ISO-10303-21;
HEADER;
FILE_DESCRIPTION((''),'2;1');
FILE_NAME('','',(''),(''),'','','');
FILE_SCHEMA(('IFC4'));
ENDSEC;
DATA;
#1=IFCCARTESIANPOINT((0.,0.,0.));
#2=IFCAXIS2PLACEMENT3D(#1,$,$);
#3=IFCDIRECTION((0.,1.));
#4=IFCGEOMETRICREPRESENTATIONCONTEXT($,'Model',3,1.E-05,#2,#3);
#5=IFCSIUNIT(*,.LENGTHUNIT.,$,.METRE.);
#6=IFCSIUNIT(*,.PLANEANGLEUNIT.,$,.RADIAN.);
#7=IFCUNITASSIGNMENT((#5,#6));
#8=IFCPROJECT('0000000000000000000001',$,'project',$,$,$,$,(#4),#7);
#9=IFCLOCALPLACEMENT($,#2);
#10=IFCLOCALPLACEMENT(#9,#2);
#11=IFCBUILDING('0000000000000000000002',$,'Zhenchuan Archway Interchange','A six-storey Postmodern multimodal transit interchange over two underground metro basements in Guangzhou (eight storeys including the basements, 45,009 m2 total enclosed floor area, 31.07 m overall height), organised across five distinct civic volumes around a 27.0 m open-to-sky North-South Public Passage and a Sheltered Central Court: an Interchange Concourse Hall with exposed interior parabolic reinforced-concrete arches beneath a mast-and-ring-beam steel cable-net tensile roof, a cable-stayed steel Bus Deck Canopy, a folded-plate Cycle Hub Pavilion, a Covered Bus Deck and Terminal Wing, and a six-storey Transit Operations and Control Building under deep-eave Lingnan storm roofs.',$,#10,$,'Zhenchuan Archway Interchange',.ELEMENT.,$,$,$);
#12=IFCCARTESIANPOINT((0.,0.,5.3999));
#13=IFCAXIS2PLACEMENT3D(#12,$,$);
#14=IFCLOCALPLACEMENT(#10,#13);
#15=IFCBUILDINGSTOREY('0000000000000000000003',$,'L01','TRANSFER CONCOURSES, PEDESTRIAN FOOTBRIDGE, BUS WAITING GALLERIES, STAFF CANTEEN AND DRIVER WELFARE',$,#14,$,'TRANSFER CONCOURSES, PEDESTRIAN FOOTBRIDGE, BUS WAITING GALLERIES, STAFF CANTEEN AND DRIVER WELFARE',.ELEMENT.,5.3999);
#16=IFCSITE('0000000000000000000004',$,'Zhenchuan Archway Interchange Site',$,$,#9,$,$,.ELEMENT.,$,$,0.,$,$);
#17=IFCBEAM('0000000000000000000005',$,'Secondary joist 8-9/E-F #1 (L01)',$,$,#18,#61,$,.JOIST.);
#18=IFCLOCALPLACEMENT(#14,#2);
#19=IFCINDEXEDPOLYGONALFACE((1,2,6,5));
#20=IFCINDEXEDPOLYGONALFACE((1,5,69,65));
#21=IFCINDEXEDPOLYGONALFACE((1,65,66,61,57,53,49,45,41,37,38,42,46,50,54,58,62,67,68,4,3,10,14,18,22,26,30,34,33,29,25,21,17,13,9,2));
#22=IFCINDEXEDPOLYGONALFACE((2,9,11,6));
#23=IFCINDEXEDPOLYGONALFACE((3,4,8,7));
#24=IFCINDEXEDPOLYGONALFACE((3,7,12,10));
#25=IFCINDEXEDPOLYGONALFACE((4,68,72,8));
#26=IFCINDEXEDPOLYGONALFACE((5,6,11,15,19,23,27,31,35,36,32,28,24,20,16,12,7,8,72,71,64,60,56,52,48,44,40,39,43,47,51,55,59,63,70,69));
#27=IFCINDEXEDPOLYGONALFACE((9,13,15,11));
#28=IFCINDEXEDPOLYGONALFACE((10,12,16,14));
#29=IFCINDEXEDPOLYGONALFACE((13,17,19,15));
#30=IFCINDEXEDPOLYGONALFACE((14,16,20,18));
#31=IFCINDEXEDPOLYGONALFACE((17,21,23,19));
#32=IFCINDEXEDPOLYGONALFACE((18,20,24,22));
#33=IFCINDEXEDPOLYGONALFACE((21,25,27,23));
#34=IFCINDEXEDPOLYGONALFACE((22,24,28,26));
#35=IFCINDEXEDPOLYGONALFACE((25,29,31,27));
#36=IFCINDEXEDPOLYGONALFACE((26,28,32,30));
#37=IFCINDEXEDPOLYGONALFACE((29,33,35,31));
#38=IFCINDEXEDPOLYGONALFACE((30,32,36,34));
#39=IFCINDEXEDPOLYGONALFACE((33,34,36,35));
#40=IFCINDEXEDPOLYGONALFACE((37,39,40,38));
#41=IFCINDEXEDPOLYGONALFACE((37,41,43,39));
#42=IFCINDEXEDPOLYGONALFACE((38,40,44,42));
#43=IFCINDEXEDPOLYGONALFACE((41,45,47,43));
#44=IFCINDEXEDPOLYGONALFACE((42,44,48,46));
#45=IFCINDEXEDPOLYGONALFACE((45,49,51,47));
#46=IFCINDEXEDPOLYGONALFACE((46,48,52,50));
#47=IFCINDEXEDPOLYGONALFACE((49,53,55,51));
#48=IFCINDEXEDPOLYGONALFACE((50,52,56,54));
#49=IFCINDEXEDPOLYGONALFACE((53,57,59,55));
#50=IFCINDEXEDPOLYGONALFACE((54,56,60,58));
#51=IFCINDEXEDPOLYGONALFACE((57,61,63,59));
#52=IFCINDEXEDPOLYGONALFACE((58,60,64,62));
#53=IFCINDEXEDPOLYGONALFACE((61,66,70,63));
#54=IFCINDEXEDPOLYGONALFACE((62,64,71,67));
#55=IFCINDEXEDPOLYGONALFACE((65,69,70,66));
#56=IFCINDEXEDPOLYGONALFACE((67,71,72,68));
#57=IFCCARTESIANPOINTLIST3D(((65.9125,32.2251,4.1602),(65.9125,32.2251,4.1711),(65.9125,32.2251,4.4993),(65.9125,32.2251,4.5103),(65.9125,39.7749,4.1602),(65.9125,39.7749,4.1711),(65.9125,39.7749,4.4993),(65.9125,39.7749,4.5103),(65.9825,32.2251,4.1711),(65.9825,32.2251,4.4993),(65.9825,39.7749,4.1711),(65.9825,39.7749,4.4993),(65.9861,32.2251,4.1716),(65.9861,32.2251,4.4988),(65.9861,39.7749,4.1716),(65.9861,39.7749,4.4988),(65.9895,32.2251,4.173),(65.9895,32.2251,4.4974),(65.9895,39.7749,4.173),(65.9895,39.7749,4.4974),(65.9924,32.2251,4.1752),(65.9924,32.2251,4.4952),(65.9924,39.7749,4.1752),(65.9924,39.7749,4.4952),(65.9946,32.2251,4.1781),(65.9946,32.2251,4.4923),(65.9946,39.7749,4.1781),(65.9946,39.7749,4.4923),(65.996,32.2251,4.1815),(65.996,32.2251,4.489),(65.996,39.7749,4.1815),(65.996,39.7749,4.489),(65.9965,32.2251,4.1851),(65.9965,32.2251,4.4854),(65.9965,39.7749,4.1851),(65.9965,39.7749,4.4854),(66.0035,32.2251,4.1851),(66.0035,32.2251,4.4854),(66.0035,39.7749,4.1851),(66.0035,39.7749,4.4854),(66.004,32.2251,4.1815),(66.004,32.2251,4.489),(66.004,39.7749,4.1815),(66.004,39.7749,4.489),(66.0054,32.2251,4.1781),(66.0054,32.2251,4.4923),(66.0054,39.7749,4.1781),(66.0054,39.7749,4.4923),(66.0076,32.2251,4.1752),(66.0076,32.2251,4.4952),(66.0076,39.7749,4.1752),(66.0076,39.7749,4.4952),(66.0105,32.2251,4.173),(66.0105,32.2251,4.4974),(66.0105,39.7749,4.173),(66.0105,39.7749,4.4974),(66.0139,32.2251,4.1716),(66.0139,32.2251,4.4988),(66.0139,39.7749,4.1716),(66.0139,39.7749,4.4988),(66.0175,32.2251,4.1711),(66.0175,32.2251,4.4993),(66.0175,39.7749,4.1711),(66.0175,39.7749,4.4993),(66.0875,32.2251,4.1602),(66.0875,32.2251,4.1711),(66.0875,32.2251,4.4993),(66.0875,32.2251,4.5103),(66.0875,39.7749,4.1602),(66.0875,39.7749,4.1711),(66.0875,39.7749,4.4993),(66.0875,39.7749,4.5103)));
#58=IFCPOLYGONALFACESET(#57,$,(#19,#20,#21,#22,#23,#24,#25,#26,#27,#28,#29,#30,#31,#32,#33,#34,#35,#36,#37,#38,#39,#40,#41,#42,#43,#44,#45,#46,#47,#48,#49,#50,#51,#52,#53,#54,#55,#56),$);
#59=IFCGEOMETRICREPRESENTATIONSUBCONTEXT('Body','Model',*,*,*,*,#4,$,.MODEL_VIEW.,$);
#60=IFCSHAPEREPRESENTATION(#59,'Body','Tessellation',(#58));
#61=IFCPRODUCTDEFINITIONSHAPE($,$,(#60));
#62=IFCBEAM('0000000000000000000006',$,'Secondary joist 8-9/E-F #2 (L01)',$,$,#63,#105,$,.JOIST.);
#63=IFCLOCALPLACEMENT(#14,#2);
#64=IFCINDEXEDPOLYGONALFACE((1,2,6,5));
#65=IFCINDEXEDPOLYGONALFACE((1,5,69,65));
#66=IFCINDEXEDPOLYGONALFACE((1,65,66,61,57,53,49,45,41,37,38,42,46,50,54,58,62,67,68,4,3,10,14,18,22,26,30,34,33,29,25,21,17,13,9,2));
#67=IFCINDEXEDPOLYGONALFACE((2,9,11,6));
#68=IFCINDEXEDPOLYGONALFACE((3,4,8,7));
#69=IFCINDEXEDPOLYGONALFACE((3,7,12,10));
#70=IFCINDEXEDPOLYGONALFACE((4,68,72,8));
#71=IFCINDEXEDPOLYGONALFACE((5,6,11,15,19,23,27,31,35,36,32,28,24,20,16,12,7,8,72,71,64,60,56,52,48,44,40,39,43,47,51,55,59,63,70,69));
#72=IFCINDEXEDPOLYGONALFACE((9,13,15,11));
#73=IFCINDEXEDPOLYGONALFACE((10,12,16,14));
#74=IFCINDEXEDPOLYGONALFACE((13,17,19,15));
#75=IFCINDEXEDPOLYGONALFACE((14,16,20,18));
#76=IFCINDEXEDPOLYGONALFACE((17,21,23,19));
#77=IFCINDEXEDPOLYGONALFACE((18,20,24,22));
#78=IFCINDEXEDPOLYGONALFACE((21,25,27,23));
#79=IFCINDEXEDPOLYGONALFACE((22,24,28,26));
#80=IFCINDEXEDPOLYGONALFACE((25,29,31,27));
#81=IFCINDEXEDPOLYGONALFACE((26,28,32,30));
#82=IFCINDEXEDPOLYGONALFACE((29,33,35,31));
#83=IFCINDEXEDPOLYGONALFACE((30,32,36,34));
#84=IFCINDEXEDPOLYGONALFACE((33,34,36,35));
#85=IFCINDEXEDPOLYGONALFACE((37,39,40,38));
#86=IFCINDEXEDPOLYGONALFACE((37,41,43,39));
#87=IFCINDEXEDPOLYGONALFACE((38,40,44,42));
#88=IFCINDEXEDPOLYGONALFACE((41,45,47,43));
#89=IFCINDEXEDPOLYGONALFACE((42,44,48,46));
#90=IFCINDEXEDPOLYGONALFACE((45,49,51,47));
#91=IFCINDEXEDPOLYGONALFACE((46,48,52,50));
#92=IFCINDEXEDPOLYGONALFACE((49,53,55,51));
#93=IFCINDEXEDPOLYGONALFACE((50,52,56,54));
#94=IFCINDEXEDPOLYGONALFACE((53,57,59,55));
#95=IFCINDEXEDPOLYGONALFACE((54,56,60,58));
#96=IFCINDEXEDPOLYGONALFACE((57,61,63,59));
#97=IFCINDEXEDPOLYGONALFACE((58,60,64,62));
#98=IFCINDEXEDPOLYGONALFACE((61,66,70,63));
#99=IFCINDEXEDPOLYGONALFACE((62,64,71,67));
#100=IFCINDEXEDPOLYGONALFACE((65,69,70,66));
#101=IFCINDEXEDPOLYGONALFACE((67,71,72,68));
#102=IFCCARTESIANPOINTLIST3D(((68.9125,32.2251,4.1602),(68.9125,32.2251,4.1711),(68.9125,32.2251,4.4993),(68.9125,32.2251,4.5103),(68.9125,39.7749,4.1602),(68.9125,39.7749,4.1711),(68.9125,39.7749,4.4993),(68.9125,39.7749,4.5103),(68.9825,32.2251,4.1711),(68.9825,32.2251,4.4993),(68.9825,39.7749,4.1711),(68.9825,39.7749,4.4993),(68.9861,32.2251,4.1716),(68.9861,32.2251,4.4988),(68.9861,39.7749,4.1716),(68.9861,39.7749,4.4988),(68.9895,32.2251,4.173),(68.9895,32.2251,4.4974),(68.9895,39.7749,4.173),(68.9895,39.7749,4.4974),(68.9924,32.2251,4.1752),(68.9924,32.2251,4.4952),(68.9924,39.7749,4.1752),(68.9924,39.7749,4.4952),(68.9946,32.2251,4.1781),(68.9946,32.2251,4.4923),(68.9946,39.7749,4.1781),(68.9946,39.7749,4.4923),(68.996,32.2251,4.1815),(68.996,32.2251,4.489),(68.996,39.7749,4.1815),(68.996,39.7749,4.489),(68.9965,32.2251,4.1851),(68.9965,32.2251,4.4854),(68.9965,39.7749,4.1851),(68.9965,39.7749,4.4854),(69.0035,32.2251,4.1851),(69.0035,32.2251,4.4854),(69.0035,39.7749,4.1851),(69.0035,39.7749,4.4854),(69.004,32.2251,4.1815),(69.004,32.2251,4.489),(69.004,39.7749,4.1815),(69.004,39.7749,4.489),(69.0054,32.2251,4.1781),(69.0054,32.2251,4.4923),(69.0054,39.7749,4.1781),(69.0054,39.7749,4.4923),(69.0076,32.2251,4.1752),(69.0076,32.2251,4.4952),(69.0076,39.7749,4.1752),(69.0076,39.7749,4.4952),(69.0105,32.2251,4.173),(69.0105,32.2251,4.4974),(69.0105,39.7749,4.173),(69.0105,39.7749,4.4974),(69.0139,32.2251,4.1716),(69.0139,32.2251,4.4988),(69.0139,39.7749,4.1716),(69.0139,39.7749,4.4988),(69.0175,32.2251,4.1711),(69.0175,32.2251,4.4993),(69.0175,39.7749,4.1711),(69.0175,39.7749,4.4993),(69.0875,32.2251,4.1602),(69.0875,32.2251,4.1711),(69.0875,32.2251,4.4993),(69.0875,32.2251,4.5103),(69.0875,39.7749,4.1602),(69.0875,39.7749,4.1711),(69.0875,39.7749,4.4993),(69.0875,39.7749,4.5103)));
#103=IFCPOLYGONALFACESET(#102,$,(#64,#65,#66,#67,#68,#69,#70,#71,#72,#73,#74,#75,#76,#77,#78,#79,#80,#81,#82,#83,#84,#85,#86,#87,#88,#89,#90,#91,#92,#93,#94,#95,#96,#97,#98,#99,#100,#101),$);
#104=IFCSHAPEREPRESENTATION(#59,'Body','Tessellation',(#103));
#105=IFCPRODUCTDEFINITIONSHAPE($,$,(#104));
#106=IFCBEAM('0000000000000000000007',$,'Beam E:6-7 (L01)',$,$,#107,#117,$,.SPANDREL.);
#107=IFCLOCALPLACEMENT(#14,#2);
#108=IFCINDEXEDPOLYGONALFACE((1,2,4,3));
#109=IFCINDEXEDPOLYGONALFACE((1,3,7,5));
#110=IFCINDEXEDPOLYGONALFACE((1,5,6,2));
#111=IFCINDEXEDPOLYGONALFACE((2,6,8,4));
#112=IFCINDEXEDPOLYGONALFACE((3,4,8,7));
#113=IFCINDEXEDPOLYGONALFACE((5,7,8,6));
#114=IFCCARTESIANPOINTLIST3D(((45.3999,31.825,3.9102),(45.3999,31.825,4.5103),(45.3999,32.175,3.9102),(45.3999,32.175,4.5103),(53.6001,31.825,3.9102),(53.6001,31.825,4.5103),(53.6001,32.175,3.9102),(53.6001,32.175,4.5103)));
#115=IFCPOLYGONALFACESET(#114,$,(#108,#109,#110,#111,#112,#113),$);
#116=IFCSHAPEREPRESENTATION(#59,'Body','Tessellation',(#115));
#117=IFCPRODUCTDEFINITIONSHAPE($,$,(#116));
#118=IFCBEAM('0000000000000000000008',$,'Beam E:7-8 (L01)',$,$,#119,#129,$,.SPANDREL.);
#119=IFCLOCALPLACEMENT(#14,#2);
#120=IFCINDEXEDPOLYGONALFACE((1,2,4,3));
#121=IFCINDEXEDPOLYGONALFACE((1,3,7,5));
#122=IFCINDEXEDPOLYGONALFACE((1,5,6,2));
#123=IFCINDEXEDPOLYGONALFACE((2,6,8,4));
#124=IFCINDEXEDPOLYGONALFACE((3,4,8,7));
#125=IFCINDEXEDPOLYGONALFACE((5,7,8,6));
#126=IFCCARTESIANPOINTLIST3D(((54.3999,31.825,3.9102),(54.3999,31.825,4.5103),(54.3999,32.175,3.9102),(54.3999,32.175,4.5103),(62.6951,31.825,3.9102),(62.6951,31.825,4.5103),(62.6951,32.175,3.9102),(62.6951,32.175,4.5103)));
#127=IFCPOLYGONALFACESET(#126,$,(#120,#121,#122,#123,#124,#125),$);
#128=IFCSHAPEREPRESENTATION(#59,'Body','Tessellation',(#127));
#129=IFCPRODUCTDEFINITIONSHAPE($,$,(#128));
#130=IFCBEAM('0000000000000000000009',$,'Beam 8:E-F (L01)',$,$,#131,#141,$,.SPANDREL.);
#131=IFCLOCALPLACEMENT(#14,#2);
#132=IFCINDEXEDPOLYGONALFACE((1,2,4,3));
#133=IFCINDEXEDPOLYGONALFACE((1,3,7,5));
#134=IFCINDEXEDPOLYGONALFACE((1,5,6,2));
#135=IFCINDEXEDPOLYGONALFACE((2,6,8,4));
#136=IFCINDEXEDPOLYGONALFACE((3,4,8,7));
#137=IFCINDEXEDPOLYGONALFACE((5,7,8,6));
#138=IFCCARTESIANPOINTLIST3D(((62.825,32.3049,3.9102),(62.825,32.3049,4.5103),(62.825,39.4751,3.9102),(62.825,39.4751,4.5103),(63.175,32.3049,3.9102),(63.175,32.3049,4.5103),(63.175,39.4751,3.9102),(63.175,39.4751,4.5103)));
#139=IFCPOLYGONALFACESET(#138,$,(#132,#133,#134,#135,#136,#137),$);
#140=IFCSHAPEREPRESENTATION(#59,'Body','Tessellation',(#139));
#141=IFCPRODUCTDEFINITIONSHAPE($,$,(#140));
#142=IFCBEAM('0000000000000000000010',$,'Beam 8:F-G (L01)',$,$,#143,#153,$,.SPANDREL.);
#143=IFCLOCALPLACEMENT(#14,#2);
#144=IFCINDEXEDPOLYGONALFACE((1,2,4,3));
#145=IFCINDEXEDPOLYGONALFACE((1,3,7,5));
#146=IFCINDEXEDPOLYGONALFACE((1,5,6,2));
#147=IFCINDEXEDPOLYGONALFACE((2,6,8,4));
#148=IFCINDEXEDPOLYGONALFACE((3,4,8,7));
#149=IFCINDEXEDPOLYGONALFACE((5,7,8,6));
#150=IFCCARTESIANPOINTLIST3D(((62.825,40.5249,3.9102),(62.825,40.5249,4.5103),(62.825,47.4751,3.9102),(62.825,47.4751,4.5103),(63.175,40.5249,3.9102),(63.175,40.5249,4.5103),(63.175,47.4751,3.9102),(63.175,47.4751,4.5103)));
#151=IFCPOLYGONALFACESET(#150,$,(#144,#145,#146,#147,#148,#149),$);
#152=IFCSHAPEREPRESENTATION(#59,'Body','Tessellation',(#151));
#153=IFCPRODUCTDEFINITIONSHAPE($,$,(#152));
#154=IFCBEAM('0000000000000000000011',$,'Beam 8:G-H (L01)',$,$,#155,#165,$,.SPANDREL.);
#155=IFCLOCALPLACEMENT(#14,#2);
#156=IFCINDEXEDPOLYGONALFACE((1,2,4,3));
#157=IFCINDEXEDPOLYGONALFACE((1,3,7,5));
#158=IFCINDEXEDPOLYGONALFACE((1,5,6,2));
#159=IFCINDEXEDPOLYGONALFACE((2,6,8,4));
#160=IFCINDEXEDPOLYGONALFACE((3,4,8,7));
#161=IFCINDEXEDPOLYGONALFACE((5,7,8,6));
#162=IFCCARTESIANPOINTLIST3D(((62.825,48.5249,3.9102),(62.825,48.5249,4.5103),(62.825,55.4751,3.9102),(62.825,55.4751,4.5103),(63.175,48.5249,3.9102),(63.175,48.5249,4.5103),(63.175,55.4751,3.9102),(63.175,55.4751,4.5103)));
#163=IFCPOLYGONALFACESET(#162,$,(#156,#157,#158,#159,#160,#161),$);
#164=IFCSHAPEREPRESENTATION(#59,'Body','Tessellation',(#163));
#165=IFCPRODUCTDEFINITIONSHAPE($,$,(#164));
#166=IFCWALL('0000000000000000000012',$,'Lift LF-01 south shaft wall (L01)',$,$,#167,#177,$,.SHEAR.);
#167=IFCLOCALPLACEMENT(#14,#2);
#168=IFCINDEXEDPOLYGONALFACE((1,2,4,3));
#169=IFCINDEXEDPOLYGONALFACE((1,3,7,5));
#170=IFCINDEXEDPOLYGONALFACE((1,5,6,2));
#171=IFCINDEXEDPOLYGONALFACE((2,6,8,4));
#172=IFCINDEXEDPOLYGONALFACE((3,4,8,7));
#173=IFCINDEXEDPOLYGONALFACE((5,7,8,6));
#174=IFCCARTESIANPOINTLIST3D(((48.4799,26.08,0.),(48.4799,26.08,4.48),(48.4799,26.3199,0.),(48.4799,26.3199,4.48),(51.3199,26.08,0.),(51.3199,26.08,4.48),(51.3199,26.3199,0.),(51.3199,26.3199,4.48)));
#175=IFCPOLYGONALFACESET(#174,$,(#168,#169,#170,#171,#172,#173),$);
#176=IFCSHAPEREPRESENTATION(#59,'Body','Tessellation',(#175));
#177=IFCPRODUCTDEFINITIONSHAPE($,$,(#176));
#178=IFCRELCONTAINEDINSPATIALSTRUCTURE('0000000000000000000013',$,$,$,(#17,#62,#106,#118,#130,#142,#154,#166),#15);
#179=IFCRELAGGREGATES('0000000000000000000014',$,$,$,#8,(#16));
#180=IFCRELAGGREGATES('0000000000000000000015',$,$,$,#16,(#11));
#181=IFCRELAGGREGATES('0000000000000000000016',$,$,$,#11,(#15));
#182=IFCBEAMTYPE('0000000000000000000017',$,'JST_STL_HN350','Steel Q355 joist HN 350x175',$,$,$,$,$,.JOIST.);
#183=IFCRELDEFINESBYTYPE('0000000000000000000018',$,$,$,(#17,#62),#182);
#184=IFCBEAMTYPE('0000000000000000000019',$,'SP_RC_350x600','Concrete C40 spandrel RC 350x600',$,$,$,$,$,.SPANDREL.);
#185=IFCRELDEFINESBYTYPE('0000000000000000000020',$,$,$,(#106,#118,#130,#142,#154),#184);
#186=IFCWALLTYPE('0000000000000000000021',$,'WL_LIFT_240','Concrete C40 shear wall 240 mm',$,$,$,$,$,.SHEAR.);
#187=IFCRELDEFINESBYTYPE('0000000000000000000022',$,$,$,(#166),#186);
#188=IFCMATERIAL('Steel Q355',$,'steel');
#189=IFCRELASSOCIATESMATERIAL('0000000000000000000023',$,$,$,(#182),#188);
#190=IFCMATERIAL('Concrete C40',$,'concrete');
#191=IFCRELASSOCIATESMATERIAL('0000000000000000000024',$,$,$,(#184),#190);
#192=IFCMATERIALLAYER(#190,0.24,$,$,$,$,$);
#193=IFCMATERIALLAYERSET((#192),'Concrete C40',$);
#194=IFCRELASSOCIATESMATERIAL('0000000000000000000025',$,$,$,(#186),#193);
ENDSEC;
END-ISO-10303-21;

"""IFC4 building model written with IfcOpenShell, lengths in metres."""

from ifc_helpers import new_model, si_unit, direction, frame, frame_2d, origin, origin_2d, place, context, subcontext, project, spatial, rectangle, i_section, extrude, material, layer, layer_set, material_profile, profile_set, type_object, element, save


model = new_model("IFC4")

# Units and contexts
model_context = context("Model", 3, precision=1e-05, world=origin(), true_north=direction((0.0, 1.0)))
body_context = subcontext(model_context, "Body", "Model", "MODEL_VIEW")
ifc_project = project(units=[si_unit("LENGTHUNIT", "METRE"), si_unit("PLANEANGLEUNIT", "RADIAN")], contexts=[model_context])

# Site, building, storey
site_placement = place(None, origin())
site = spatial("IfcSite", under=ifc_project, at=site_placement, Name="Zhenchuan Archway Interchange Site", CompositionType="ELEMENT", RefElevation=0.0)
building_placement = place(site_placement, origin())
building = spatial("IfcBuilding", under=site, at=building_placement, Name="Zhenchuan Archway Interchange", Description="A six-storey Postmodern multimodal transit interchange over two underground metro basements in Guangzhou (eight storeys including the basements, 45,009 m2 total enclosed floor area, 31.07 m overall height), organised across five distinct civic volumes around a 27.0 m open-to-sky North-South Public Passage and a Sheltered Central Court: an Interchange Concourse Hall with exposed interior parabolic reinforced-concrete arches beneath a mast-and-ring-beam steel cable-net tensile roof, a cable-stayed steel Bus Deck Canopy, a folded-plate Cycle Hub Pavilion, a Covered Bus Deck and Terminal Wing, and a six-storey Transit Operations and Control Building under deep-eave Lingnan storm roofs.", LongName="Zhenchuan Archway Interchange", CompositionType="ELEMENT")
storey_placement = place(building_placement, frame((0.0, 0.0, 5.3999)))
storey = spatial("IfcBuildingStorey", under=building, at=storey_placement, Name="L01", Description="TRANSFER CONCOURSES, PEDESTRIAN FOOTBRIDGE, BUS WAITING GALLERIES, STAFF CANTEEN AND DRIVER WELFARE", LongName="TRANSFER CONCOURSES, PEDESTRIAN FOOTBRIDGE, BUS WAITING GALLERIES, STAFF CANTEEN AND DRIVER WELFARE", CompositionType="ELEMENT", Elevation=5.3999)

# Shared definitions
ifc_material_1 = material(Name="Concrete C40", Category="concrete")

# Beams
ifc_material_2 = material(Name="Steel Q355", Category="steel")
ifc_material_profile_1 = material_profile(ifc_material_2, i_section(OverallWidth=0.175, OverallDepth=0.3501, WebThickness=0.0071, FlangeThickness=0.011, FilletRadius=0.0139, at=origin_2d()), Name="HN 350x175")
ifc_profile_set_1 = profile_set([ifc_material_profile_1], Name="Steel Q355")
beam_type_1 = type_object("IfcBeamType", Name="JST_STL_HN350", Description="Steel Q355 joist HN 350x175", PredefinedType="JOIST", material=ifc_profile_set_1)
for number, where, z_axis, x_axis, name in (
    (1, (66.0, 32.2251, 4.3352), (0.0, 1.0, 0.0), (-1.0, 0.0, 0.0), "Secondary joist 8-9/E-F #1 (L01)"),
    (2, (69.0, 32.2251, 4.3352), (0.0, 1.0, 0.0), (-1.0, 0.0, 0.0), "Secondary joist 8-9/E-F #2 (L01)"),
):
    element("IfcBeam", number, at=place(storey_placement, frame(where, z_axis=z_axis, x_axis=x_axis)), inside=storey, type_object=beam_type_1, Name=name, PredefinedType="JOIST", context=body_context, shape_type="SweptSolid", body=[
        extrude(i_section(OverallWidth=0.175, OverallDepth=0.3501, WebThickness=0.0071, FlangeThickness=0.011, FilletRadius=0.0139, at=origin_2d()), origin(), (0.0, 0.0, 1.0), 7.5498),
    ])
ifc_material_profile_2 = material_profile(ifc_material_1, rectangle(XDim=0.3501, YDim=0.6001, at=origin_2d()), Name="RC 350x600")
ifc_profile_set_2 = profile_set([ifc_material_profile_2], Name="Concrete C40")
beam_type_2 = type_object("IfcBeamType", Name="SP_RC_350x600", Description="Concrete C40 spandrel RC 350x600", PredefinedType="SPANDREL", material=ifc_profile_set_2)
beam_1_placement = place(storey_placement, frame((45.3999, 32.0, 4.2102), z_axis=(1.0, 0.0, 0.0), x_axis=(0.0, 1.0, 0.0)))
element("IfcBeam", 3, at=beam_1_placement, inside=storey, type_object=beam_type_2, Name="Beam E:6-7 (L01)", PredefinedType="SPANDREL", context=body_context, shape_type="SweptSolid", body=[
    extrude(rectangle(XDim=0.3501, YDim=0.6001, at=origin_2d()), origin(), (0.0, 0.0, 1.0), 8.2002),
])
beam_2_placement = place(storey_placement, frame((54.3999, 32.0, 4.2102), z_axis=(1.0, 0.0, 0.0), x_axis=(0.0, 1.0, 0.0)))
element("IfcBeam", 4, at=beam_2_placement, inside=storey, type_object=beam_type_2, Name="Beam E:7-8 (L01)", PredefinedType="SPANDREL", context=body_context, shape_type="SweptSolid", body=[
    extrude(rectangle(XDim=0.3501, YDim=0.6001, at=origin_2d()), origin(), (0.0, 0.0, 1.0), 8.2952),
])
beam_3_placement = place(storey_placement, frame((63.0, 32.3049, 4.2102), z_axis=(0.0, 1.0, 0.0), x_axis=(-1.0, 0.0, 0.0)))
element("IfcBeam", 5, at=beam_3_placement, inside=storey, type_object=beam_type_2, Name="Beam 8:E-F (L01)", PredefinedType="SPANDREL", context=body_context, shape_type="SweptSolid", body=[
    extrude(rectangle(XDim=0.3501, YDim=0.6001, at=origin_2d()), origin(), (0.0, 0.0, 1.0), 7.1702),
])
for number, where, z_axis, x_axis, name in (
    (6, (63.0, 40.5249, 4.2102), (0.0, 1.0, 0.0), (-1.0, 0.0, 0.0), "Beam 8:F-G (L01)"),
    (7, (63.0, 48.5249, 4.2102), (0.0, 1.0, 0.0), (-1.0, 0.0, 0.0), "Beam 8:G-H (L01)"),
):
    element("IfcBeam", number, at=place(storey_placement, frame(where, z_axis=z_axis, x_axis=x_axis)), inside=storey, type_object=beam_type_2, Name=name, PredefinedType="SPANDREL", context=body_context, shape_type="SweptSolid", body=[
        extrude(rectangle(XDim=0.3501, YDim=0.6001, at=origin_2d()), origin(), (0.0, 0.0, 1.0), 6.9502),
    ])

# Wall
ifc_layer_1 = layer(ifc_material_1, 0.24)
ifc_layer_set_1 = layer_set([ifc_layer_1], Name="Concrete C40")
wall_type_1 = type_object("IfcWallType", Name="WL_LIFT_240", Description="Concrete C40 shear wall 240 mm", PredefinedType="SHEAR", material=ifc_layer_set_1)
wall_1_placement = place(storey_placement, frame((48.48, 26.2, 0.0), z_axis=(0.0, 0.0, 1.0), x_axis=(1.0, 0.0, 0.0)))
element("IfcWall", 8, at=wall_1_placement, inside=storey, type_object=wall_type_1, Name="Lift LF-01 south shaft wall (L01)", PredefinedType="SHEAR", context=body_context, shape_type="SweptSolid", body=[
    extrude(rectangle(XDim=2.8401, YDim=0.24, at=frame_2d((1.4199, 0.0))), origin(), (0.0, 0.0, 1.0), 4.48),
])

save(model, "model.ifc")
